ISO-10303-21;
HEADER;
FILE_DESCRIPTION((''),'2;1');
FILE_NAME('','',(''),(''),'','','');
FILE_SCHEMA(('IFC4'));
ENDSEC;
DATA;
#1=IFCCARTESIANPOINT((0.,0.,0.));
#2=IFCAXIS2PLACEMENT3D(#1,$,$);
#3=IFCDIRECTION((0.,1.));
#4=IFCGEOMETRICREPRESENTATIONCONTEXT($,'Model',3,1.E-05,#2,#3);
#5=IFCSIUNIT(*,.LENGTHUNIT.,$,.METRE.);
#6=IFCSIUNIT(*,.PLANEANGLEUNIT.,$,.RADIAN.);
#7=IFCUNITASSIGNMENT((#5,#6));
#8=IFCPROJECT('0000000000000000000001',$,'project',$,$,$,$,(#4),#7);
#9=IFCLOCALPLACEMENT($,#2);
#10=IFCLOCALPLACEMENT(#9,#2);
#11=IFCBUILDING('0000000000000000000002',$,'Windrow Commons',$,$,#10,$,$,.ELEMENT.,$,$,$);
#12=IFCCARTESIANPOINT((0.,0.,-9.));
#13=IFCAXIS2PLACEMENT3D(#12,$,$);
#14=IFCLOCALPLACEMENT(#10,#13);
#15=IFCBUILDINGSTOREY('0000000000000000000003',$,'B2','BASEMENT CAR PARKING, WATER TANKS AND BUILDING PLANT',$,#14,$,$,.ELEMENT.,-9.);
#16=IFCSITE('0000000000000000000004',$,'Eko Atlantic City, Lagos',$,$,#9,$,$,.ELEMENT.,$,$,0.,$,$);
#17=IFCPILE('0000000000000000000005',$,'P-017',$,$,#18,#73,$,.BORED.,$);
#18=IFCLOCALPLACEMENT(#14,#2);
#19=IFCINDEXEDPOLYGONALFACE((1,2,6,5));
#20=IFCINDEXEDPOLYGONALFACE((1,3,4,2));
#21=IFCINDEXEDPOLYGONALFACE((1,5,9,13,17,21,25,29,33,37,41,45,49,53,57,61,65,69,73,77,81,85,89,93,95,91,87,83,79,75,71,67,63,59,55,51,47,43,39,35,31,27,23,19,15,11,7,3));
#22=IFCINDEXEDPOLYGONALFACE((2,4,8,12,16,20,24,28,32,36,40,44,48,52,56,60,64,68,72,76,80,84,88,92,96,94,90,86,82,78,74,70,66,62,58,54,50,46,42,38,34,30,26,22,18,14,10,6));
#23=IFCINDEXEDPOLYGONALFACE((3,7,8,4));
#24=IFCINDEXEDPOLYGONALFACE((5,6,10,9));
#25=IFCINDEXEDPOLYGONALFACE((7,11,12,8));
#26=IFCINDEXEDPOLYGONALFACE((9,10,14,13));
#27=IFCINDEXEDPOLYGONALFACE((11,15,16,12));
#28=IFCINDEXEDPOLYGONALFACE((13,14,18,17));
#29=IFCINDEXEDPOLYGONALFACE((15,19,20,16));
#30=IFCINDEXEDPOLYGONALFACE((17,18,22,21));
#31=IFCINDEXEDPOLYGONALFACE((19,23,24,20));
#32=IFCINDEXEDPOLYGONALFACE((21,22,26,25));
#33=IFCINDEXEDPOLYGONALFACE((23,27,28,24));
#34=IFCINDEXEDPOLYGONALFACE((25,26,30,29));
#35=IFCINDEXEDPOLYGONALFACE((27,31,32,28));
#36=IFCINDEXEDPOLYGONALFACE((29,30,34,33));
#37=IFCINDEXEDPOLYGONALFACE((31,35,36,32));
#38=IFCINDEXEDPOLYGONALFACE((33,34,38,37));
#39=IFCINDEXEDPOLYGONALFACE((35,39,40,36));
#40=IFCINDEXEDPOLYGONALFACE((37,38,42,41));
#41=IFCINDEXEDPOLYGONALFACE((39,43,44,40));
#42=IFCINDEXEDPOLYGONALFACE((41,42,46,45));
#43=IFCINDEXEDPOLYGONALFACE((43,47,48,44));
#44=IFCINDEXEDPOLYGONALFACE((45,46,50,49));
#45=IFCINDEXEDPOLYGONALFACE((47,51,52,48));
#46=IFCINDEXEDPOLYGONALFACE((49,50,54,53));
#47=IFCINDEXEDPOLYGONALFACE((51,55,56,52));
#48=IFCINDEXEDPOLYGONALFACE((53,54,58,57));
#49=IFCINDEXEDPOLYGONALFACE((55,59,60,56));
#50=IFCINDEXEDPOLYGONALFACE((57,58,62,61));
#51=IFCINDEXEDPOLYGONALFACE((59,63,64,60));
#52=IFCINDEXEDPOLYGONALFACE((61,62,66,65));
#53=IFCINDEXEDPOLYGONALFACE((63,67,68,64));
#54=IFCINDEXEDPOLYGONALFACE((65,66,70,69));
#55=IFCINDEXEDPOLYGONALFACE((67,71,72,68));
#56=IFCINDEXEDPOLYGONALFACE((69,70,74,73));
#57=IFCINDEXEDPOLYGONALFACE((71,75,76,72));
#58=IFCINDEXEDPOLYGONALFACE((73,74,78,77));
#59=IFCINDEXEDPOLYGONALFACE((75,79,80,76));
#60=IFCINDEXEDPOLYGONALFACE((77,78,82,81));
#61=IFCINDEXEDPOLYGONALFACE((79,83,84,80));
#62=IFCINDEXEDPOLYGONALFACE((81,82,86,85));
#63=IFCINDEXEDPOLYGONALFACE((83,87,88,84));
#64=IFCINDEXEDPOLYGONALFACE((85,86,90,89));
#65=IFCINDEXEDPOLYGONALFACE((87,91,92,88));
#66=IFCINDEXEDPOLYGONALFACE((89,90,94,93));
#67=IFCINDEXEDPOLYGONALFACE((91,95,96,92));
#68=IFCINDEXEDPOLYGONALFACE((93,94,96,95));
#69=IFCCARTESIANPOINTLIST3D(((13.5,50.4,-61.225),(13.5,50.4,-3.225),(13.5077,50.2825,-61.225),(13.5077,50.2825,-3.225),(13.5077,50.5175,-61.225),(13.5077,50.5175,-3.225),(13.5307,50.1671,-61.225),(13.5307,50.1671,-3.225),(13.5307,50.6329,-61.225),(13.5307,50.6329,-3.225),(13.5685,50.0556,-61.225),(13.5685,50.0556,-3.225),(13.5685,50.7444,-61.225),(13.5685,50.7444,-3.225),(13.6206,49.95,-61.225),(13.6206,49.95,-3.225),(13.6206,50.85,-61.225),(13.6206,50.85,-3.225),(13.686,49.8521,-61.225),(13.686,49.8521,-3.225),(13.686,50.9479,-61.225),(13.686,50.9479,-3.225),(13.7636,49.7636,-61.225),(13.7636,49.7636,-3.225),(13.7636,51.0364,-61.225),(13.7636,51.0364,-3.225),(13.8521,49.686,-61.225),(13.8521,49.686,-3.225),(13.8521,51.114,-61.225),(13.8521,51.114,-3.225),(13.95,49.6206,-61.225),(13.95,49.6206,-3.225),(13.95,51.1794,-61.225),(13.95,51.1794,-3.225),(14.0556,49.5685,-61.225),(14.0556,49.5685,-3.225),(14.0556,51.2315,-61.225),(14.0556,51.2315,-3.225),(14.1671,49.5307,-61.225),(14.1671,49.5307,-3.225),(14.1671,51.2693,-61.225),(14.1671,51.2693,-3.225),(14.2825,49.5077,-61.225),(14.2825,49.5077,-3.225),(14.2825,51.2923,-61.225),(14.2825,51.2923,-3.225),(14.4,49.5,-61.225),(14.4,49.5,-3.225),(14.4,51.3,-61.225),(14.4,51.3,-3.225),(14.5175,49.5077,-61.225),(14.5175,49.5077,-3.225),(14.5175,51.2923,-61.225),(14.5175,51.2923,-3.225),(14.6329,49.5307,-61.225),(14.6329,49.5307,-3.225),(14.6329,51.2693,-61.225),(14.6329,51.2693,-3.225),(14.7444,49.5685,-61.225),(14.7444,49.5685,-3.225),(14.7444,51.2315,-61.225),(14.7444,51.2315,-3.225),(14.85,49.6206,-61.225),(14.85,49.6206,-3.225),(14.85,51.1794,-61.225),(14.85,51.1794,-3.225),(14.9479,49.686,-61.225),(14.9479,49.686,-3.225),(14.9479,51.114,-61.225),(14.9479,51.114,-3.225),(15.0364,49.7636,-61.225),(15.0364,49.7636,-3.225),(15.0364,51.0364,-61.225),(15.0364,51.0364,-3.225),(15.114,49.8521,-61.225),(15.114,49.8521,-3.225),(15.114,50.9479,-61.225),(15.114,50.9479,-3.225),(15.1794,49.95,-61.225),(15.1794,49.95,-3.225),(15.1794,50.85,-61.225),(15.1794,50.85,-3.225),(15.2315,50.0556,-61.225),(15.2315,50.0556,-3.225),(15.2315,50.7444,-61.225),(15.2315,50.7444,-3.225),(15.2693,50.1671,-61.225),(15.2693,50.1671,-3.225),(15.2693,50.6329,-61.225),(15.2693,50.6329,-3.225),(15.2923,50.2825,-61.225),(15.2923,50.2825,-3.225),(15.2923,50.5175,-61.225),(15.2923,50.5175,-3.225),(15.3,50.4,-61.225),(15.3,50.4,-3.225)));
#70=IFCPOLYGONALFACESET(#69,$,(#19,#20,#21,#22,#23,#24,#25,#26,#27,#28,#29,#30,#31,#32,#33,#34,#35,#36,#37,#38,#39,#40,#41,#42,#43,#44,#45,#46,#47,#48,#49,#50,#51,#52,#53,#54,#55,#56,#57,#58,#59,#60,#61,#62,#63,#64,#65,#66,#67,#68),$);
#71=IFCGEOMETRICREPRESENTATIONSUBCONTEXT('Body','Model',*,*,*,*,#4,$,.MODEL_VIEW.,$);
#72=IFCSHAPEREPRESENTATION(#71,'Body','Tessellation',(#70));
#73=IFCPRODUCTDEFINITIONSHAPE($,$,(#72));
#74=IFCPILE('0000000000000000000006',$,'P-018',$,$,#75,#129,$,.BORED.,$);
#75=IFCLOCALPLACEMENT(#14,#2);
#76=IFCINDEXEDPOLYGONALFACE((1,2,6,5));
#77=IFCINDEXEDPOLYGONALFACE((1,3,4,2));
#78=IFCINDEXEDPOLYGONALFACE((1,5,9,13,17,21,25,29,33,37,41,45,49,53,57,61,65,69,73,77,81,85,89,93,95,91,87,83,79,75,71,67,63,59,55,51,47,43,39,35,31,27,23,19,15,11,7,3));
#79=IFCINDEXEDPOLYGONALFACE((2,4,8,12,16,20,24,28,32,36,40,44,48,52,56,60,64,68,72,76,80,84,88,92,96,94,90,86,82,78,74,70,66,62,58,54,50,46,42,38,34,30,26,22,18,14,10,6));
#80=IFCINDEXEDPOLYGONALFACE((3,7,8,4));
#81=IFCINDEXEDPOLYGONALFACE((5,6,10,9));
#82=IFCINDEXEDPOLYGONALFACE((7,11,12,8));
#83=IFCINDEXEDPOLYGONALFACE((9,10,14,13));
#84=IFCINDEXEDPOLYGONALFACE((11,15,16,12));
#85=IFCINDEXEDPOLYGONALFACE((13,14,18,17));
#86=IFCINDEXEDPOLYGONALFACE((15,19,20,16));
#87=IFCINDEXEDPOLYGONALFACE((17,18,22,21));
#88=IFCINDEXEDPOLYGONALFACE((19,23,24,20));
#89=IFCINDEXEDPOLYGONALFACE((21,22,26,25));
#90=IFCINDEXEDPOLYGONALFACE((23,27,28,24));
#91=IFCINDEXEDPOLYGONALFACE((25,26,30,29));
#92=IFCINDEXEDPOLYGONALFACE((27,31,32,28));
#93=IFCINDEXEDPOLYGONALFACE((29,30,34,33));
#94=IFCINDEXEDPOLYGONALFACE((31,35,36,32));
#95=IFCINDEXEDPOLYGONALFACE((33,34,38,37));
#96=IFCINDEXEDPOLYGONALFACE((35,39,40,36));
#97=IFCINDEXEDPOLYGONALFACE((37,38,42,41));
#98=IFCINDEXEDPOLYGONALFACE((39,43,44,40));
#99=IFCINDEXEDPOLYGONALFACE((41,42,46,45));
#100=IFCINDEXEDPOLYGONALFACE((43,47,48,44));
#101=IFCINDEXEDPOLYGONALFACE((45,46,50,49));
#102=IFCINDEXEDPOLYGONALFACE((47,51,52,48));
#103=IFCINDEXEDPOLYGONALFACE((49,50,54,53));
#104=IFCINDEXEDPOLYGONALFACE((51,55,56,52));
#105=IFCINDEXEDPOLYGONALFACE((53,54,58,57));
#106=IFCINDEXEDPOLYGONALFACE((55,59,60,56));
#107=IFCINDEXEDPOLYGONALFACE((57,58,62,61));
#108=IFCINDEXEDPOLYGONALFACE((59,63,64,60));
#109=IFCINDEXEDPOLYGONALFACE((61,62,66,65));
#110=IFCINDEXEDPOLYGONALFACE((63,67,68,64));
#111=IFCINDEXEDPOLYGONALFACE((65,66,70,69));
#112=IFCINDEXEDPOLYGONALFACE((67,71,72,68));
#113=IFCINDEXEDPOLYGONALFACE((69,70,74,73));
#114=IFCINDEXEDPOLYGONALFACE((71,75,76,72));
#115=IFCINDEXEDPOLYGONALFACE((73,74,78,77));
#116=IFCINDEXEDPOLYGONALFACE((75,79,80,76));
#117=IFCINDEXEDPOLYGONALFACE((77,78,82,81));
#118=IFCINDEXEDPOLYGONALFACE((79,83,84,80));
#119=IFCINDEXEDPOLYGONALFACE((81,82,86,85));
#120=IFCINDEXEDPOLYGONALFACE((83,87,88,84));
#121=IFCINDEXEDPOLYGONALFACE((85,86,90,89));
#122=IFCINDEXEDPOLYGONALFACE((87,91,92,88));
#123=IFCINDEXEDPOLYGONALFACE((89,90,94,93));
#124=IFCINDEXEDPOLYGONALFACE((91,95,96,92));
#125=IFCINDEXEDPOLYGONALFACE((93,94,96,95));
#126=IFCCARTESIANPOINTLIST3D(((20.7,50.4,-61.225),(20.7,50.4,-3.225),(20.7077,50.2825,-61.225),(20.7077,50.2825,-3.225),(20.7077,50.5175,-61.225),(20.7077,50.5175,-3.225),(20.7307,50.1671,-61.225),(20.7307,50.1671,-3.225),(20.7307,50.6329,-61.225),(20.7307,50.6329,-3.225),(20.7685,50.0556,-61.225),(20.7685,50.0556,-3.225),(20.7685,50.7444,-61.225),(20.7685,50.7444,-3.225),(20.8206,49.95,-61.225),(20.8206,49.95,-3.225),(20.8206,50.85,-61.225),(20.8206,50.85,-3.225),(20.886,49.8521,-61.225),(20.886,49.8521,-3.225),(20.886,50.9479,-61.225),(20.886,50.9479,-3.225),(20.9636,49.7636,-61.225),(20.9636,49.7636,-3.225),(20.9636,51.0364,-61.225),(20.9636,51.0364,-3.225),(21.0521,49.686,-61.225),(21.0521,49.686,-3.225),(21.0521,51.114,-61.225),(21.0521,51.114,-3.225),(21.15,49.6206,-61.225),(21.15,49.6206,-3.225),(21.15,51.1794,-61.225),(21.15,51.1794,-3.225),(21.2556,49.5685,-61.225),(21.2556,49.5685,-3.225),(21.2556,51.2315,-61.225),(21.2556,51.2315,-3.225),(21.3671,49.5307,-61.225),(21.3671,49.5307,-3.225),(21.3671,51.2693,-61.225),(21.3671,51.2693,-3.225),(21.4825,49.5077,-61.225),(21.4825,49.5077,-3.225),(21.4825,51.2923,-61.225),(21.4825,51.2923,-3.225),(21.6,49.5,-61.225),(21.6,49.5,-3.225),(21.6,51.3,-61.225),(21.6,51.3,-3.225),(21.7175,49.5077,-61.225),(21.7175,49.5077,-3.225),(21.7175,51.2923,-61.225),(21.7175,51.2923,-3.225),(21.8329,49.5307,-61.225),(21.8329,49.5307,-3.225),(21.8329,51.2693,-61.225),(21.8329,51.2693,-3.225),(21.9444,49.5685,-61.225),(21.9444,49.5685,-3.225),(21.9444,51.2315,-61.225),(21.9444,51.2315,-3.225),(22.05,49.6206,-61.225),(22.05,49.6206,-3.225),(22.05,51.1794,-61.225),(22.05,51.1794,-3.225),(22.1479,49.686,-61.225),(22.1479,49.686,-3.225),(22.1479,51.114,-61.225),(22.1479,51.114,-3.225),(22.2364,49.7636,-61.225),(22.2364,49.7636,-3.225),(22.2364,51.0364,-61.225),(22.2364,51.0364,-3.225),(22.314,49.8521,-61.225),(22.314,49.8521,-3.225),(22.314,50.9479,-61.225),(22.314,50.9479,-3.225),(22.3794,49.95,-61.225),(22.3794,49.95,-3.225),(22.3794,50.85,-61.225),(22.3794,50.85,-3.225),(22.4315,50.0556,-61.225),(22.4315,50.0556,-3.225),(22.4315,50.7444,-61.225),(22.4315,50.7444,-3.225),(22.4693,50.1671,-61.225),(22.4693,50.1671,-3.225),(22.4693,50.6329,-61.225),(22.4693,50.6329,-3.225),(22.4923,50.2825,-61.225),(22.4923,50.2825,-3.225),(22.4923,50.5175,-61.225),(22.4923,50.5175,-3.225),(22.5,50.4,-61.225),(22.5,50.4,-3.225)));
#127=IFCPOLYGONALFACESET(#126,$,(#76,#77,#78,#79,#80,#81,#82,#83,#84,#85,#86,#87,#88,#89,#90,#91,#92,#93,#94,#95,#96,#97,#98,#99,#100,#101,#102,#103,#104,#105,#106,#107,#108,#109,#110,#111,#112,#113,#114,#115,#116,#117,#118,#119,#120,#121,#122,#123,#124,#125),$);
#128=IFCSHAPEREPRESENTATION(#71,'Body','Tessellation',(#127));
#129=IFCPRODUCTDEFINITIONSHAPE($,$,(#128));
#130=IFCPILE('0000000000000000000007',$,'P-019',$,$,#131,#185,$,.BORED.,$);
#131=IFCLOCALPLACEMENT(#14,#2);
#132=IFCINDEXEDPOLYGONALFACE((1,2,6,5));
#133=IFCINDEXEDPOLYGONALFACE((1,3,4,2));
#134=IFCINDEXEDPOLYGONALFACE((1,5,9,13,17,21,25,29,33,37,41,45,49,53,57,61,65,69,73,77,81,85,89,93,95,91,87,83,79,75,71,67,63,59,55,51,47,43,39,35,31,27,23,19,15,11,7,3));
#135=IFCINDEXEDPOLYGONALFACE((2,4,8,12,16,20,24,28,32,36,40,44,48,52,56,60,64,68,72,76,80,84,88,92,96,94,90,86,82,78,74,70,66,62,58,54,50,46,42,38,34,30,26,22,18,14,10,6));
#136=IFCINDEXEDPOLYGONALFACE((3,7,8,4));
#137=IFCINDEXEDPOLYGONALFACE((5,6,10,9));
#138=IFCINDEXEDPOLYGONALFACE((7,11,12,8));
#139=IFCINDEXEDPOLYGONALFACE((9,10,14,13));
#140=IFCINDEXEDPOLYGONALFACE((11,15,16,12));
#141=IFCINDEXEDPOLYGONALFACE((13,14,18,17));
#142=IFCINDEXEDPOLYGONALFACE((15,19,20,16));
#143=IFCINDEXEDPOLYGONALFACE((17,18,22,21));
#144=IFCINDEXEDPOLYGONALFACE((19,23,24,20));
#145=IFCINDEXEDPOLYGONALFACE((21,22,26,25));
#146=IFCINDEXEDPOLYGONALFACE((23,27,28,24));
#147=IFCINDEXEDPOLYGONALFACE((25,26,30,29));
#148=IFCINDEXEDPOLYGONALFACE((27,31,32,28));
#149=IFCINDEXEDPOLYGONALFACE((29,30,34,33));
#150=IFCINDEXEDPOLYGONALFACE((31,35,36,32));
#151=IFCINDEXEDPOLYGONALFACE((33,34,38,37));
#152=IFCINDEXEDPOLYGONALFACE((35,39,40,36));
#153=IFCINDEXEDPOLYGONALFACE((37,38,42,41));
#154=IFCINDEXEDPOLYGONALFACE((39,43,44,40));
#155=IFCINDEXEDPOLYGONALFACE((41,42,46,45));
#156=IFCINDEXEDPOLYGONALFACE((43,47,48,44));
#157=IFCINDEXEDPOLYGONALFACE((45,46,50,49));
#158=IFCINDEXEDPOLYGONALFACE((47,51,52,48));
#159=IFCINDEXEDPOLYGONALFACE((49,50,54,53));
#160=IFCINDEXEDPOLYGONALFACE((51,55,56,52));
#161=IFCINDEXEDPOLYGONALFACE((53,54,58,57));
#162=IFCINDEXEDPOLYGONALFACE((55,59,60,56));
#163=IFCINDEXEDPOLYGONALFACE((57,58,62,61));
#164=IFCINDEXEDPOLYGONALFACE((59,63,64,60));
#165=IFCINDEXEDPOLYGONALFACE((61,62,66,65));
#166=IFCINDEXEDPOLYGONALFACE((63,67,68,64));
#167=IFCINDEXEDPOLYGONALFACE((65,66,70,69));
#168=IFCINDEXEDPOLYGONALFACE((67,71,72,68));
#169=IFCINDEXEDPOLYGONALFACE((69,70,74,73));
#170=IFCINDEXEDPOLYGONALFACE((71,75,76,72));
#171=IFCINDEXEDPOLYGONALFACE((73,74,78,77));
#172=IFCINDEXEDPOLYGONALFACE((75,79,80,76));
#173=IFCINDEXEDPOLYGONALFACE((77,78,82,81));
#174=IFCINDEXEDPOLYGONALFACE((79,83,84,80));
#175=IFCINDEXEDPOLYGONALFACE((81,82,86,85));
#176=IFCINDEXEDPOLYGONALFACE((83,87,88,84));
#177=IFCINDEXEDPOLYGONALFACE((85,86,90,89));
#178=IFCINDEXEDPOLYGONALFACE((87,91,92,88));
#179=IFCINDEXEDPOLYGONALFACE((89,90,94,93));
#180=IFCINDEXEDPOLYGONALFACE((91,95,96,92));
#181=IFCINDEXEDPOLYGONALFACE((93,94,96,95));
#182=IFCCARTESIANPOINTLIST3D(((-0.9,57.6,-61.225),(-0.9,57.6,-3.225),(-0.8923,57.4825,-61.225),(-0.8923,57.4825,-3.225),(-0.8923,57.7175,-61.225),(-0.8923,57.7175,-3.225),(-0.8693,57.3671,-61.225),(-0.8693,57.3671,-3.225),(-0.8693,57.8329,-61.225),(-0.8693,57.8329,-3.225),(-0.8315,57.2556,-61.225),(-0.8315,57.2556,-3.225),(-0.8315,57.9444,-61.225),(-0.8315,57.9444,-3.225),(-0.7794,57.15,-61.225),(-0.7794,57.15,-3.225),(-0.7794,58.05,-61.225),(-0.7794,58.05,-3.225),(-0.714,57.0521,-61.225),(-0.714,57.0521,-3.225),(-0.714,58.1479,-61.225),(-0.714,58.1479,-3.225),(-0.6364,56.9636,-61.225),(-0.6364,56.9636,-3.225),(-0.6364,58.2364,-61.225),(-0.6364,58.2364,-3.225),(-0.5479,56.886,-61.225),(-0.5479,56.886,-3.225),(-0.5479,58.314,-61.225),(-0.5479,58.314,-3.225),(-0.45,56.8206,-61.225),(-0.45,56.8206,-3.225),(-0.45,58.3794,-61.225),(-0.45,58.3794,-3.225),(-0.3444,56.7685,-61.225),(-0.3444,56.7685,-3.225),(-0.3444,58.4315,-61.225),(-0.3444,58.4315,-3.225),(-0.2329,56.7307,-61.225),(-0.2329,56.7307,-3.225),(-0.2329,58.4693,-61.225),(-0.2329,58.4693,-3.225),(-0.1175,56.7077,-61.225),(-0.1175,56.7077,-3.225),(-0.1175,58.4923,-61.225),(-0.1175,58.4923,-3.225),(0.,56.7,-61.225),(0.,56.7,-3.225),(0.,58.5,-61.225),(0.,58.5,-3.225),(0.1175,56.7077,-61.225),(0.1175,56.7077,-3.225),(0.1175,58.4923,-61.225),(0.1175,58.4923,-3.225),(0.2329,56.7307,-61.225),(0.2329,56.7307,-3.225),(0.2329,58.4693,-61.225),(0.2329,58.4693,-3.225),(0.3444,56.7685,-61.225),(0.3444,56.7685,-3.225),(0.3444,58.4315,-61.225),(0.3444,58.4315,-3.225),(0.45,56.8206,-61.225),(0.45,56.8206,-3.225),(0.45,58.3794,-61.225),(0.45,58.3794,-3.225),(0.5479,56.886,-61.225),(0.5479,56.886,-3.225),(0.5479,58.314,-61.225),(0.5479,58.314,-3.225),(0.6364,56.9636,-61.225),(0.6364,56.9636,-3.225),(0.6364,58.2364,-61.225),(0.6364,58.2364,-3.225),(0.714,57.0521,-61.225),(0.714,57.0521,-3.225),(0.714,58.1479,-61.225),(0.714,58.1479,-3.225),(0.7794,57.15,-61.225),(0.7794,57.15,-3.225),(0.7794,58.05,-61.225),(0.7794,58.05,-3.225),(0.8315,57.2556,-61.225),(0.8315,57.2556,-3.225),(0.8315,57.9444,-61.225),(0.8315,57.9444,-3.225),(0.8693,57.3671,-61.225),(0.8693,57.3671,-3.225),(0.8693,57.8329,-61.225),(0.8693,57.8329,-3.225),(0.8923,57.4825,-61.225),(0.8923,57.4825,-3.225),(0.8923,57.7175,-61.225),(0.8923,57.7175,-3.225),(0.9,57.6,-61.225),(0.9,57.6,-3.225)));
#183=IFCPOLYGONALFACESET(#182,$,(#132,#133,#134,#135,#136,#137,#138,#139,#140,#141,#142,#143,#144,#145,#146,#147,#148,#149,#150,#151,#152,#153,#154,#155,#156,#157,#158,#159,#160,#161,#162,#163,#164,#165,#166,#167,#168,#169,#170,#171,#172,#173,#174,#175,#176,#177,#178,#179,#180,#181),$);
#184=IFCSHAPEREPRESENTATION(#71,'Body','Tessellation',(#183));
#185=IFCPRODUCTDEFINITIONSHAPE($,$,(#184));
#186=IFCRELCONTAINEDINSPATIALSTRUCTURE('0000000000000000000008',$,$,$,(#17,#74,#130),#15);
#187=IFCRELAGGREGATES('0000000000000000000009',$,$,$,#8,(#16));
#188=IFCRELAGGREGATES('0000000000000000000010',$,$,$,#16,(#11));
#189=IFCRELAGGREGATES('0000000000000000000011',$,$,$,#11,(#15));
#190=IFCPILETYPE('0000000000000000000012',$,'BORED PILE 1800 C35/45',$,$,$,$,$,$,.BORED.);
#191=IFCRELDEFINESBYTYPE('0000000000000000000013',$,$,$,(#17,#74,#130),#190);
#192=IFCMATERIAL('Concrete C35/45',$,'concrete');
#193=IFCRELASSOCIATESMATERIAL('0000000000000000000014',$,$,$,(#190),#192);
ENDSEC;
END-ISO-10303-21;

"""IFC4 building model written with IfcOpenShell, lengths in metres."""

from ifc_helpers import new_model, si_unit, direction, frame, origin, origin_2d, place, context, subcontext, project, spatial, circle, extrude, material, material_profile, profile_set, type_object, element, save


model = new_model("IFC4")

# Units and contexts
model_context = context("Model", 3, precision=1e-05, world=origin(), true_north=direction((0.0, 1.0)))
body_context = subcontext(model_context, "Body", "Model", "MODEL_VIEW")
ifc_project = project(units=[si_unit("LENGTHUNIT", "METRE"), si_unit("PLANEANGLEUNIT", "RADIAN")], contexts=[model_context])

# Site, building, storey
site_placement = place(None, origin())
site = spatial("IfcSite", under=ifc_project, at=site_placement, Name="Eko Atlantic City, Lagos", CompositionType="ELEMENT", RefElevation=0.0)
building_placement = place(site_placement, origin())
building = spatial("IfcBuilding", under=site, at=building_placement, Name="Windrow Commons", CompositionType="ELEMENT")
storey_placement = place(building_placement, frame((0.0, 0.0, -9.0)))
storey = spatial("IfcBuildingStorey", under=building, at=storey_placement, Name="B2", Description="BASEMENT CAR PARKING, WATER TANKS AND BUILDING PLANT", CompositionType="ELEMENT", Elevation=-9.0)

# Piles
ifc_material_1 = material(Name="Concrete C35/45", Category="concrete")
ifc_material_profile_1 = material_profile(ifc_material_1, circle(Radius=0.9, at=origin_2d()))
ifc_profile_set_1 = profile_set([ifc_material_profile_1], Name="Concrete C35/45")
pile_type = type_object("IfcPileType", Name="BORED PILE 1800 C35/45", PredefinedType="BORED", material=ifc_profile_set_1)
for number, where, z_axis, x_axis, name in (
    (1, (14.4, 50.4, -3.225), (0.0, 0.0, -1.0), (1.0, 0.0, 0.0), "P-017"),
    (2, (21.6, 50.4, -3.225), (0.0, 0.0, -1.0), (1.0, 0.0, 0.0), "P-018"),
    (3, (0.0, 57.6, -3.225), (0.0, 0.0, -1.0), (1.0, 0.0, 0.0), "P-019"),
):
    element("IfcPile", number, at=place(storey_placement, frame(where, z_axis=z_axis, x_axis=x_axis)), inside=storey, type_object=pile_type, Name=name, PredefinedType="BORED", context=body_context, shape_type="SweptSolid", body=[
        extrude(circle(Radius=0.9, at=origin_2d()), origin(), (0.0, 0.0, 1.0), 58.0),
    ])

save(model, "model.ifc")
